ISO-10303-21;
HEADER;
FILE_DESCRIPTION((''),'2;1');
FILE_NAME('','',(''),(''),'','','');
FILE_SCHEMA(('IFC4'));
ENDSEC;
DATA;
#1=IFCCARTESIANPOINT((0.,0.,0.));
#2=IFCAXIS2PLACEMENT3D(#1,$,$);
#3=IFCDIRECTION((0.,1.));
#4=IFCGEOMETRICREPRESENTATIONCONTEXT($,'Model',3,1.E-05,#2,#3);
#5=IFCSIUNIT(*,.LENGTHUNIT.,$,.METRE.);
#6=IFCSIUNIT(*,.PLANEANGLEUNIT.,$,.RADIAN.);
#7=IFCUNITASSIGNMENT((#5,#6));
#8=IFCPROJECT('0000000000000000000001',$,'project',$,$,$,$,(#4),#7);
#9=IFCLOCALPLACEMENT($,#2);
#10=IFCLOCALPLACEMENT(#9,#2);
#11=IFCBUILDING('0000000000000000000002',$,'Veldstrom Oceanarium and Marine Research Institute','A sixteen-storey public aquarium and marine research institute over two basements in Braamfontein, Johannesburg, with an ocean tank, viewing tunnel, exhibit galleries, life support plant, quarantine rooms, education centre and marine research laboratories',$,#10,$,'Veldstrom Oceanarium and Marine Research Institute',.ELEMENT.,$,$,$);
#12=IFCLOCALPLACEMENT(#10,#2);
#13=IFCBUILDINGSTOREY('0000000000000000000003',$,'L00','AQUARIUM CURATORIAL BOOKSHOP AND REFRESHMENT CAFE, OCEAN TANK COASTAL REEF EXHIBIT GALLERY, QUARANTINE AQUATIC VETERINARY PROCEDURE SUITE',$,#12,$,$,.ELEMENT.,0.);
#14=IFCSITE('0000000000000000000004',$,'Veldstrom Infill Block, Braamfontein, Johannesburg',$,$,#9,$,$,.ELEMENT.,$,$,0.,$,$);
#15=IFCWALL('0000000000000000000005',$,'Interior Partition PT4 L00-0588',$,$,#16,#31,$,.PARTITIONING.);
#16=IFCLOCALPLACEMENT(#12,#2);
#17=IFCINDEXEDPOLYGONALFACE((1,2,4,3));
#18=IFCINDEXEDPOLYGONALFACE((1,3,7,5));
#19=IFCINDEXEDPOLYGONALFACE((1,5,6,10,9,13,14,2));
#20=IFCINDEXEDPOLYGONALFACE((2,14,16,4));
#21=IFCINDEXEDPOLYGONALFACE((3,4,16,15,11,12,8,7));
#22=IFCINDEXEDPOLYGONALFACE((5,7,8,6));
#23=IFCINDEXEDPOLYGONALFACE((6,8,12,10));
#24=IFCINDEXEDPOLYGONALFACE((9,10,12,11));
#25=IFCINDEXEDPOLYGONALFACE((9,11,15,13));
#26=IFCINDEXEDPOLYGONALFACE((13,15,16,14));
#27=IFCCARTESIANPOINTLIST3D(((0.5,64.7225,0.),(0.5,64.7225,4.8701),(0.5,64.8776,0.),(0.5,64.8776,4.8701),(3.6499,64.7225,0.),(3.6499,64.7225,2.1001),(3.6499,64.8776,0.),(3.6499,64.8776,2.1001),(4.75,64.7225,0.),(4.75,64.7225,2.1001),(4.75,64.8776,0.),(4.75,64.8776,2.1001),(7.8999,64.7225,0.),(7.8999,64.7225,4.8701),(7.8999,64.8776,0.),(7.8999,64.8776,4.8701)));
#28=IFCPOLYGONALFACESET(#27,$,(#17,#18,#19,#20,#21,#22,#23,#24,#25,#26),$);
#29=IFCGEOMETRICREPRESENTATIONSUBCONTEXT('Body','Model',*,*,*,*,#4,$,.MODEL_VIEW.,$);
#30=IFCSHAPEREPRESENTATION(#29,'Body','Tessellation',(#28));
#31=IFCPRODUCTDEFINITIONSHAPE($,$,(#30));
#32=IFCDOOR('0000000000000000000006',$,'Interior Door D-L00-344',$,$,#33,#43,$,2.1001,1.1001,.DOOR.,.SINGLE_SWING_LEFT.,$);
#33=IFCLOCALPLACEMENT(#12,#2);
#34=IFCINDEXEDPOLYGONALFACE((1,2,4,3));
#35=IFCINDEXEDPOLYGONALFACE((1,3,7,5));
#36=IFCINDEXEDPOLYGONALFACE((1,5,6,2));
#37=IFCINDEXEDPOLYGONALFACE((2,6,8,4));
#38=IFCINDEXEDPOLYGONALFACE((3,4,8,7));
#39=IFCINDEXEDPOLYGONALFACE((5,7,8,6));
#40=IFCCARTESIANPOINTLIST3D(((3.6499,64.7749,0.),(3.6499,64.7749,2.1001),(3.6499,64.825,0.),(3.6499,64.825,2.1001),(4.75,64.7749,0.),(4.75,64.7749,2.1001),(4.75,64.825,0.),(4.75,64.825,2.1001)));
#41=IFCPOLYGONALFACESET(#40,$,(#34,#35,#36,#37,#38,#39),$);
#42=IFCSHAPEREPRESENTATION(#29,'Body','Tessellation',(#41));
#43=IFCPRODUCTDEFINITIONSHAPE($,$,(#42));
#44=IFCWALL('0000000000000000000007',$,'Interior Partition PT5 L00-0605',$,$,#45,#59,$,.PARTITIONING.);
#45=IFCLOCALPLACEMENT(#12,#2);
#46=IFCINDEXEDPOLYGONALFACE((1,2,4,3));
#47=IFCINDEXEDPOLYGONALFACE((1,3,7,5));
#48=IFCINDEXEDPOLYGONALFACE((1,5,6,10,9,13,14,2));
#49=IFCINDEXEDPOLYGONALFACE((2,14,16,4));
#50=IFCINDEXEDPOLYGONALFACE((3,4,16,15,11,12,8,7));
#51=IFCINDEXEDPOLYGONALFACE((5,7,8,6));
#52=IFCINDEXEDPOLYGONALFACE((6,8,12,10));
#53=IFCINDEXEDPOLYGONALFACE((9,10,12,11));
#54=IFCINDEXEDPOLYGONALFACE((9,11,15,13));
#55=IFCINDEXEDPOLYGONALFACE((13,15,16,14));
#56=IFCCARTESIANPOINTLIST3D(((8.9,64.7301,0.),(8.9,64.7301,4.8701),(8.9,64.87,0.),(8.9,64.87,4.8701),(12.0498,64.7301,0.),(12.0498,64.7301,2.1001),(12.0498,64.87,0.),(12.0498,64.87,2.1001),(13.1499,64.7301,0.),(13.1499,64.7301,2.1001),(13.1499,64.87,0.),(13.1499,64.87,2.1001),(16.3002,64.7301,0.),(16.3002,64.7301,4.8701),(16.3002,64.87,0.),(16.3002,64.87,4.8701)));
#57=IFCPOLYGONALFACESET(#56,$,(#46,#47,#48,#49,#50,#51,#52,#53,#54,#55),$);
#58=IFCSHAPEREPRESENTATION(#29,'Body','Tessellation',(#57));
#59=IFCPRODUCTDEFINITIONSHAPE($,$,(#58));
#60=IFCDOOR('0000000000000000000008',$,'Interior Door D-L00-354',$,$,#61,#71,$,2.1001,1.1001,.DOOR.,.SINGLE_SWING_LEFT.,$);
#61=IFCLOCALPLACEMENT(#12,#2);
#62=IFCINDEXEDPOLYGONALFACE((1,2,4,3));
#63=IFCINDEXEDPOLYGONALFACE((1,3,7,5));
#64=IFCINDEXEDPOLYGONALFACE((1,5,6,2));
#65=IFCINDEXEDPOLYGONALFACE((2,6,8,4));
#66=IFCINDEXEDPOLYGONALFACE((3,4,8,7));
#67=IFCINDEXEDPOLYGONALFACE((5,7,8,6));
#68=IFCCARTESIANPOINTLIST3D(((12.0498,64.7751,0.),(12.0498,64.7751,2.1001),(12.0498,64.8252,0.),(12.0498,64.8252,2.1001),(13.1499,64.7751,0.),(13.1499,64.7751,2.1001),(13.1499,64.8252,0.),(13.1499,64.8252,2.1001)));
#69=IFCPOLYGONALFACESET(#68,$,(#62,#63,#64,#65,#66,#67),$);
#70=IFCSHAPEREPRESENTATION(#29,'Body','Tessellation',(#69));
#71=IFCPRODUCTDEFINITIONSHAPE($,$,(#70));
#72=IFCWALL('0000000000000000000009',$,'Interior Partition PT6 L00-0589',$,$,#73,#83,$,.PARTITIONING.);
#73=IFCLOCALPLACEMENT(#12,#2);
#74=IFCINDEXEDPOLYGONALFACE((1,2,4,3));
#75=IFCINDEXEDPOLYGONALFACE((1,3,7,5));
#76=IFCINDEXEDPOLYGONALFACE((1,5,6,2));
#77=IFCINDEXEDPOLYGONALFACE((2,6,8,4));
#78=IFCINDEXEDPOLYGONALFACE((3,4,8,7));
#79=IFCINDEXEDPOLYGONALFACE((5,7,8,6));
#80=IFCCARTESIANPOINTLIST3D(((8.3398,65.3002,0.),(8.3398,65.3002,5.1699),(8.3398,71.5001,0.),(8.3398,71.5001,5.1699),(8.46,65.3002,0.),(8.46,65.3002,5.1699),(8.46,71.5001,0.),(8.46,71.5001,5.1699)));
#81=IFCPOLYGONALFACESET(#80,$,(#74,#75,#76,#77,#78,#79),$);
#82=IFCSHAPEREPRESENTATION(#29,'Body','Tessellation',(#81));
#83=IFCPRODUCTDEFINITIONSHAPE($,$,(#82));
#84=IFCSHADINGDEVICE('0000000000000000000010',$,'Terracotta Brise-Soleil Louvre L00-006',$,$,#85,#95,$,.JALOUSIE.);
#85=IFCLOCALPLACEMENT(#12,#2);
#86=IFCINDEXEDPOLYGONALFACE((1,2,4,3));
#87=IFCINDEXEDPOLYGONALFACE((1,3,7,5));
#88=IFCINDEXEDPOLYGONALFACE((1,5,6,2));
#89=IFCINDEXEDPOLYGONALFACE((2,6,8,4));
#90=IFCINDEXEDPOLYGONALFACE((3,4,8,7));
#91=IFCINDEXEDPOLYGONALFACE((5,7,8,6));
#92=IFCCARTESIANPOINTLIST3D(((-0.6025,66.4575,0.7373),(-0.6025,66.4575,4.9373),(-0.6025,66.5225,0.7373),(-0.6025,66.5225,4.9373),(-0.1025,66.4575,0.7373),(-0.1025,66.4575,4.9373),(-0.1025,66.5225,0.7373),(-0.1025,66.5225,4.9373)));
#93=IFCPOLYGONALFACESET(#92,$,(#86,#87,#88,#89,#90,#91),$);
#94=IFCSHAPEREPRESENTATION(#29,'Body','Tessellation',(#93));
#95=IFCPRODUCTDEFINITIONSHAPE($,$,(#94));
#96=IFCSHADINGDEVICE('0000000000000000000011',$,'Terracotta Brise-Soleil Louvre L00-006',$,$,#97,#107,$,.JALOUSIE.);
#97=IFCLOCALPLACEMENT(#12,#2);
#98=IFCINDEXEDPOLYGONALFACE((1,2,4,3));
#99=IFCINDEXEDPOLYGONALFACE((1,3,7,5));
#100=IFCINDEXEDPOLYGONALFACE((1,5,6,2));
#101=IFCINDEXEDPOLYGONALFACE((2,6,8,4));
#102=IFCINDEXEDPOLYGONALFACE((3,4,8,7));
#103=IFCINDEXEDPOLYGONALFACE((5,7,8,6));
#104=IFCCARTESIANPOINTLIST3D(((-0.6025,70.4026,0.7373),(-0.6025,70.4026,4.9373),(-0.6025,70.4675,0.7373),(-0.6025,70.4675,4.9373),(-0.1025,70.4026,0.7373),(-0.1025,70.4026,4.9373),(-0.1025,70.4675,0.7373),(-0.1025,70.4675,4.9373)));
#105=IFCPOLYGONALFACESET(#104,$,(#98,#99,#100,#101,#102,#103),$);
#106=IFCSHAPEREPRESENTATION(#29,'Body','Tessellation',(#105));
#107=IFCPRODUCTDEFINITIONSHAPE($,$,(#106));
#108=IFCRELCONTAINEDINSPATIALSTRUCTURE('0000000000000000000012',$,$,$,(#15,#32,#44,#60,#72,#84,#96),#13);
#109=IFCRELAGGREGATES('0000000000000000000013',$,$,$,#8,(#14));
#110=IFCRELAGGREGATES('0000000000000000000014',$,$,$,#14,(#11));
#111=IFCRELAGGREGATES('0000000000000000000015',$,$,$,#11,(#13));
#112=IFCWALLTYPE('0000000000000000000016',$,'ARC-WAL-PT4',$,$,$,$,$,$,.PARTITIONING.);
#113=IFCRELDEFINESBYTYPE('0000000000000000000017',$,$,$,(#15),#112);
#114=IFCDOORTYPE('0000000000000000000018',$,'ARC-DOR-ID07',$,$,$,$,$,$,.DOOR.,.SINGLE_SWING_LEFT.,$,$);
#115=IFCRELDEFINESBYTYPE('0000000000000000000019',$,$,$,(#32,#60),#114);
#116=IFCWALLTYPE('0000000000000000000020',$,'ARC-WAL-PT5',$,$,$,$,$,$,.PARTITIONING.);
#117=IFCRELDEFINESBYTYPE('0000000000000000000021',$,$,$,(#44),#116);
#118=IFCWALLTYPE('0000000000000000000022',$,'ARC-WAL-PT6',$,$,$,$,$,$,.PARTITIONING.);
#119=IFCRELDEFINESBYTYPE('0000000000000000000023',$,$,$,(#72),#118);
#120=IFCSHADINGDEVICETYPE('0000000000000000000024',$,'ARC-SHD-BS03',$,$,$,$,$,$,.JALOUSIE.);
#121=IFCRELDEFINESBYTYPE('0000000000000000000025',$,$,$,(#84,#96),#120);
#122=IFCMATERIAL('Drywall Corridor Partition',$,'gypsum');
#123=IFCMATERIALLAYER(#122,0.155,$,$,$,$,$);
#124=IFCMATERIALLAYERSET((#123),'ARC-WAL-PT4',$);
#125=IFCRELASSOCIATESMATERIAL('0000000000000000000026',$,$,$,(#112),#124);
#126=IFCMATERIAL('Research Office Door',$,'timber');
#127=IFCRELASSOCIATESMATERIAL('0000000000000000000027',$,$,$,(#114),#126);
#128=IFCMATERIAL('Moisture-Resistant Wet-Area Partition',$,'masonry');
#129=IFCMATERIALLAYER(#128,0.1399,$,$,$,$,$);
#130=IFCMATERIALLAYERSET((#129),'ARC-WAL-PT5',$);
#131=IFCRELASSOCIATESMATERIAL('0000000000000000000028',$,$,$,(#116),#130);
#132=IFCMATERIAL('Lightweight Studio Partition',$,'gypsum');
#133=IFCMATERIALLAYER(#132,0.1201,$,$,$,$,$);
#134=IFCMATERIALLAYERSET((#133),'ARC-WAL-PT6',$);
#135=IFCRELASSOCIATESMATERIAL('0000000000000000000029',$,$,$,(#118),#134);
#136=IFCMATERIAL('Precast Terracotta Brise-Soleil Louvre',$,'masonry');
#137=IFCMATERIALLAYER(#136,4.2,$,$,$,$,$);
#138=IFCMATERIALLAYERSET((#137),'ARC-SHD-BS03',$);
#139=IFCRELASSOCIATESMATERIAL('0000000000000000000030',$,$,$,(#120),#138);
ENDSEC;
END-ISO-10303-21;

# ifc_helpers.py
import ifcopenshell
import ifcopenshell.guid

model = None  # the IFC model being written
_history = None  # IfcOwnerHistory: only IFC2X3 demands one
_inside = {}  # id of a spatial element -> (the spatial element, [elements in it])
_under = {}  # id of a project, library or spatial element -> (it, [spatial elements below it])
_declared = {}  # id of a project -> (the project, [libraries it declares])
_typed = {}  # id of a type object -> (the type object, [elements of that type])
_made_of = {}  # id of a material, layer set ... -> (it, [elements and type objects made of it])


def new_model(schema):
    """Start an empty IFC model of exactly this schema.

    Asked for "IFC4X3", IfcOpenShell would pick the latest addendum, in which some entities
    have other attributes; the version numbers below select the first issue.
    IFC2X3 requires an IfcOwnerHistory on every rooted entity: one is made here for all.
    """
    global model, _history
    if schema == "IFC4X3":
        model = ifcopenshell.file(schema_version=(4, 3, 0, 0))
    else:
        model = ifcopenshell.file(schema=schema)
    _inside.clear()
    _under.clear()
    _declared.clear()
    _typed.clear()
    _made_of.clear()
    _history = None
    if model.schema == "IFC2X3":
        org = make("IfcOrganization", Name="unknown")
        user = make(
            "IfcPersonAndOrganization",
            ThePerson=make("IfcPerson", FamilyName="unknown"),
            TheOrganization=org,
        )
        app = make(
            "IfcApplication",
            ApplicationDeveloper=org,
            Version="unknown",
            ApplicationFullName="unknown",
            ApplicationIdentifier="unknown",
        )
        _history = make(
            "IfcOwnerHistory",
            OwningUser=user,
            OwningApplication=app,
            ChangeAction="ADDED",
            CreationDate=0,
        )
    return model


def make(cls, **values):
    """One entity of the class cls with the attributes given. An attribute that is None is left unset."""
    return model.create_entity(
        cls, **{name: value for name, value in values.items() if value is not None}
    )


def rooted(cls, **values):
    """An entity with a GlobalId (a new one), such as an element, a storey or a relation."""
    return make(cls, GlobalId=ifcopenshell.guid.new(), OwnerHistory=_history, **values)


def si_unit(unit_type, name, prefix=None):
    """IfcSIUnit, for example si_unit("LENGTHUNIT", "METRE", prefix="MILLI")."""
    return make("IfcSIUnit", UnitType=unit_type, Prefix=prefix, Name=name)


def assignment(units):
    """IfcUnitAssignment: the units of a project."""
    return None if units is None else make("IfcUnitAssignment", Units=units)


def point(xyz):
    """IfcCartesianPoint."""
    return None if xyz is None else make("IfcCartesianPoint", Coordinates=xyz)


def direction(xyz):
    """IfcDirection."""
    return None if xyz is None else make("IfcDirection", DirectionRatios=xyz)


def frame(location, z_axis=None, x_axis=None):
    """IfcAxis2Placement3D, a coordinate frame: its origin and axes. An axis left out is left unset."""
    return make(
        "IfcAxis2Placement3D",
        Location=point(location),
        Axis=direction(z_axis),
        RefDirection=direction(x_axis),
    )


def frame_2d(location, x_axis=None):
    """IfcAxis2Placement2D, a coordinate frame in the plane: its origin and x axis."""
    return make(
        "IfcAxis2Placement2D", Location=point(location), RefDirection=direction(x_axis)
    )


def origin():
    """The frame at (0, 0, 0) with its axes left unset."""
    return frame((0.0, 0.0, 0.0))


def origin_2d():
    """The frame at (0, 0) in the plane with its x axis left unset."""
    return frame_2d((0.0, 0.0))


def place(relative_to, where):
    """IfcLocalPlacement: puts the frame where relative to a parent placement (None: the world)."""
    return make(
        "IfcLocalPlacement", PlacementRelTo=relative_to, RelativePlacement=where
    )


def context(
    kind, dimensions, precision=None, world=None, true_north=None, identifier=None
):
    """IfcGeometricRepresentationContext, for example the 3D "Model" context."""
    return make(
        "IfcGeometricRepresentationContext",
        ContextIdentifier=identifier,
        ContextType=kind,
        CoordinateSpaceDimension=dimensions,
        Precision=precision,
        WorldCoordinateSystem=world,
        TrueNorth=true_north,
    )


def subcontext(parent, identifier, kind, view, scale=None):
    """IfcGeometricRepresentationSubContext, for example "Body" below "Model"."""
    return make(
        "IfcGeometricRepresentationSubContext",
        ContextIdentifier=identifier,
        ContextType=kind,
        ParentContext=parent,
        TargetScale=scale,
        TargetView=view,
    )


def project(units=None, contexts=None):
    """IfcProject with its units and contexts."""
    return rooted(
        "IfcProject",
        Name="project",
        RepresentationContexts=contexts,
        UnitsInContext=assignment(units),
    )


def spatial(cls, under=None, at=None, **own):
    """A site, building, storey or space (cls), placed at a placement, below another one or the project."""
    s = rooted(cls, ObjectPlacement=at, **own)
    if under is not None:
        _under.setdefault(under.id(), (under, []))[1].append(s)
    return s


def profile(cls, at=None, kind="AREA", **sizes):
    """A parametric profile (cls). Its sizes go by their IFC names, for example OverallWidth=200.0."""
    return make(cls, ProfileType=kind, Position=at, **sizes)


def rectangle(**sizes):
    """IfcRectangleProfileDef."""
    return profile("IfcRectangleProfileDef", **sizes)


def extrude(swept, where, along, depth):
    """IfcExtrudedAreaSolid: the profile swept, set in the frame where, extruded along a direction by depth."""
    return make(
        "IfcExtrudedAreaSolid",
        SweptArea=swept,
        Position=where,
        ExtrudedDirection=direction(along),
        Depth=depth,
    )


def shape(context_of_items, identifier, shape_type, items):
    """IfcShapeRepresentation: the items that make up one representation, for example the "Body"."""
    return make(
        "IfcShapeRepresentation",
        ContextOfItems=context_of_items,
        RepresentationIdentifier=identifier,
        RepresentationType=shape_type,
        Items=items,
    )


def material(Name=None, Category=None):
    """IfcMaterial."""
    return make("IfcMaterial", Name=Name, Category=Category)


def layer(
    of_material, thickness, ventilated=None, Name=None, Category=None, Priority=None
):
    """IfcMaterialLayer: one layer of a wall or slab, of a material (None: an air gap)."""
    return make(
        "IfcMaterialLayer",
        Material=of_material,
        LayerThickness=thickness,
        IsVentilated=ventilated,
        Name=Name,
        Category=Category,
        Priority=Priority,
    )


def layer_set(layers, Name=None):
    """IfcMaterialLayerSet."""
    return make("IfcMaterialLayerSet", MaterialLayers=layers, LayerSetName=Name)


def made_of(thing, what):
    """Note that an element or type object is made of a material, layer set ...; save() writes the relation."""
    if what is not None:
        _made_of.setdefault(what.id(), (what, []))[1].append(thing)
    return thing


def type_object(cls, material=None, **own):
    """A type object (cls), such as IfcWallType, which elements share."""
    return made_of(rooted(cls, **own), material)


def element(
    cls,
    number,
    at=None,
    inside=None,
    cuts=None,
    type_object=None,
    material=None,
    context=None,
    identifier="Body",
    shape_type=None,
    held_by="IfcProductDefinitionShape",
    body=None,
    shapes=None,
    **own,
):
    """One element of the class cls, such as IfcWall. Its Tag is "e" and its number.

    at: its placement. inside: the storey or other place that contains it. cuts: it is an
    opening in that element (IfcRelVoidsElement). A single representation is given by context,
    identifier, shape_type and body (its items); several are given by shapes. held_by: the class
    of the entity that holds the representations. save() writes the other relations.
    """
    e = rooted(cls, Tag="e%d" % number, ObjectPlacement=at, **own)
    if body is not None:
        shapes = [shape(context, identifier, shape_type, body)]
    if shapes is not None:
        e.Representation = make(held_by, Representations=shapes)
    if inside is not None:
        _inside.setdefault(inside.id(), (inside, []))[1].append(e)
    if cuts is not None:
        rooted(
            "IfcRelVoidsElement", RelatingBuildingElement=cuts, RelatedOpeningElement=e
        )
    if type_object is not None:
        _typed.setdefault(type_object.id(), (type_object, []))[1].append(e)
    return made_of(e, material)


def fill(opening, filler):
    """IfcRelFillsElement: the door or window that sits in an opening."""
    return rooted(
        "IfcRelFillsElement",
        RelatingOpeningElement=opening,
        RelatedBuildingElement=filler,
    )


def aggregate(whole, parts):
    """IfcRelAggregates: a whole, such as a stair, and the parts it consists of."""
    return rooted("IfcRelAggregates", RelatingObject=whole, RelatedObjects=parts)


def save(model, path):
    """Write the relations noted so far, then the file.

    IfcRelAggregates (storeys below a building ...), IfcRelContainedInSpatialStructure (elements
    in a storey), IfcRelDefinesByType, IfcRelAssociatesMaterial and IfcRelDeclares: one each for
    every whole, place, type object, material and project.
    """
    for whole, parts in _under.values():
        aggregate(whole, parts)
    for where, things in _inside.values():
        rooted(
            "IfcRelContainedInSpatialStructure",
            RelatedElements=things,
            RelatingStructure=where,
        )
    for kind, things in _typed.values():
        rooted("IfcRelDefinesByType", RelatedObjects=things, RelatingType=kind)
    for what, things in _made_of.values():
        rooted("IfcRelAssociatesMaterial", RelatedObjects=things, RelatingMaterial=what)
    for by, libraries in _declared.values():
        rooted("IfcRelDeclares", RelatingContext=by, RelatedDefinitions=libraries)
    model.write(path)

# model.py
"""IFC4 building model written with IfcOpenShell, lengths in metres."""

from ifc_helpers import new_model, si_unit, direction, frame, frame_2d, origin, origin_2d, place, context, subcontext, project, spatial, rectangle, extrude, material, layer, layer_set, type_object, element, fill, save


model = new_model("IFC4")

# Units and contexts
model_context = context("Model", 3, precision=1e-05, world=origin(), true_north=direction((0.0, 1.0)))
body_context = subcontext(model_context, "Body", "Model", "MODEL_VIEW")
ifc_project = project(units=[si_unit("LENGTHUNIT", "METRE"), si_unit("PLANEANGLEUNIT", "RADIAN")], contexts=[model_context])

# Site, building, storey
site_placement = place(None, origin())
site = spatial("IfcSite", under=ifc_project, at=site_placement, Name="Veldstrom Infill Block, Braamfontein, Johannesburg", CompositionType="ELEMENT", RefElevation=0.0)
building_placement = place(site_placement, origin())
building = spatial("IfcBuilding", under=site, at=building_placement, Name="Veldstrom Oceanarium and Marine Research Institute", Description="A sixteen-storey public aquarium and marine research institute over two basements in Braamfontein, Johannesburg, with an ocean tank, viewing tunnel, exhibit galleries, life support plant, quarantine rooms, education centre and marine research laboratories", LongName="Veldstrom Oceanarium and Marine Research Institute", CompositionType="ELEMENT")
storey_placement = place(building_placement, origin())
storey = spatial("IfcBuildingStorey", under=building, at=storey_placement, Name="L00", Description="AQUARIUM CURATORIAL BOOKSHOP AND REFRESHMENT CAFE, OCEAN TANK COASTAL REEF EXHIBIT GALLERY, QUARANTINE AQUATIC VETERINARY PROCEDURE SUITE", CompositionType="ELEMENT", Elevation=0.0)

# Walls, openings, doors
ifc_material_1 = material(Name="Drywall Corridor Partition", Category="gypsum")
ifc_layer_1 = layer(ifc_material_1, 0.155)
ifc_layer_set_1 = layer_set([ifc_layer_1], Name="ARC-WAL-PT4")
wall_type_1 = type_object("IfcWallType", Name="ARC-WAL-PT4", PredefinedType="PARTITIONING", material=ifc_layer_set_1)
wall_1_placement = place(storey_placement, frame((0.5, 64.8, 0.0), z_axis=(0.0, 0.0, 1.0), x_axis=(1.0, 0.0, 0.0)))
wall_1 = element("IfcWall", 1, at=wall_1_placement, inside=storey, type_object=wall_type_1, Name="Interior Partition PT4 L00-0588", PredefinedType="PARTITIONING", context=body_context, shape_type="SweptSolid", body=[
    extrude(rectangle(XDim=7.3999, YDim=0.155, at=frame_2d((3.7, 0.0))), origin(), (0.0, 0.0, 1.0), 4.8701),
])
opening_1_placement = place(wall_1_placement, frame((3.1499, 0.0, 0.0)))
opening_1 = element("IfcOpeningElement", 2, at=opening_1_placement, cuts=wall_1, PredefinedType="OPENING", context=body_context, shape_type="SweptSolid", body=[
    extrude(rectangle(XDim=1.1001, YDim=2.1001, at=frame_2d((0.55, 1.05))), frame((0.0, 0.0874, 0.0), z_axis=(0.0, -1.0, 0.0), x_axis=(1.0, 0.0, 0.0)), (0.0, 0.0, 1.0), 0.175),
])
ifc_material_2 = material(Name="Research Office Door", Category="timber")
door_type = type_object("IfcDoorType", Name="ARC-DOR-ID07", OperationType="SINGLE_SWING_LEFT", PredefinedType="DOOR", material=ifc_material_2)
door_1_placement = place(opening_1_placement, origin())
door_1 = element("IfcDoor", 3, at=door_1_placement, inside=storey, type_object=door_type, Name="Interior Door D-L00-344", OperationType="SINGLE_SWING_LEFT", OverallHeight=2.1001, OverallWidth=1.1001, PredefinedType="DOOR", context=body_context, shape_type="SweptSolid", body=[
    extrude(rectangle(XDim=1.1001, YDim=2.1001, at=frame_2d((0.55, 1.05))), frame((0.0, 0.0249, 0.0), z_axis=(0.0, -1.0, 0.0), x_axis=(1.0, 0.0, 0.0)), (0.0, 0.0, 1.0), 0.05),
])
fill(opening_1, door_1)
ifc_material_3 = material(Name="Moisture-Resistant Wet-Area Partition", Category="masonry")
ifc_layer_2 = layer(ifc_material_3, 0.1399)
ifc_layer_set_2 = layer_set([ifc_layer_2], Name="ARC-WAL-PT5")
wall_type_2 = type_object("IfcWallType", Name="ARC-WAL-PT5", PredefinedType="PARTITIONING", material=ifc_layer_set_2)
wall_2_placement = place(storey_placement, frame((8.8999, 64.8, 0.0), z_axis=(0.0, 0.0, 1.0), x_axis=(1.0, 0.0, 0.0)))
wall_2 = element("IfcWall", 4, at=wall_2_placement, inside=storey, type_object=wall_type_2, Name="Interior Partition PT5 L00-0605", PredefinedType="PARTITIONING", context=body_context, shape_type="SweptSolid", body=[
    extrude(rectangle(XDim=7.4001, YDim=0.1399, at=frame_2d((3.7002, 0.0))), origin(), (0.0, 0.0, 1.0), 4.8701),
])
opening_2_placement = place(wall_2_placement, frame((3.1499, 0.0, 0.0)))
opening_2 = element("IfcOpeningElement", 5, at=opening_2_placement, cuts=wall_2, PredefinedType="OPENING", context=body_context, shape_type="SweptSolid", body=[
    extrude(rectangle(XDim=1.1001, YDim=2.1001, at=frame_2d((0.55, 1.05))), frame((0.0, 0.0798, 0.0), z_axis=(0.0, -1.0, 0.0), x_axis=(1.0, 0.0, 0.0)), (0.0, 0.0, 1.0), 0.1599),
])
door_2_placement = place(opening_2_placement, frame((1.1001, 0.0, 0.0), z_axis=(0.0, 0.0, 1.0), x_axis=(-1.0, 0.0, 0.0)))
door_2 = element("IfcDoor", 6, at=door_2_placement, inside=storey, type_object=door_type, Name="Interior Door D-L00-354", OperationType="SINGLE_SWING_LEFT", OverallHeight=2.1001, OverallWidth=1.1001, PredefinedType="DOOR", context=body_context, shape_type="SweptSolid", body=[
    extrude(rectangle(XDim=1.1001, YDim=2.1001, at=frame_2d((0.55, 1.05))), frame((0.0, 0.0249, 0.0), z_axis=(0.0, -1.0, 0.0), x_axis=(1.0, 0.0, 0.0)), (0.0, 0.0, 1.0), 0.05),
])
fill(opening_2, door_2)

# Wall
ifc_material_4 = material(Name="Lightweight Studio Partition", Category="gypsum")
ifc_layer_3 = layer(ifc_material_4, 0.1201)
ifc_layer_set_3 = layer_set([ifc_layer_3], Name="ARC-WAL-PT6")
wall_type_3 = type_object("IfcWallType", Name="ARC-WAL-PT6", PredefinedType="PARTITIONING", material=ifc_layer_set_3)
wall_3_placement = place(storey_placement, frame((8.3999, 65.3, 0.0), z_axis=(0.0, 0.0, 1.0), x_axis=(0.0, 1.0, 0.0)))
element("IfcWall", 7, at=wall_3_placement, inside=storey, type_object=wall_type_3, Name="Interior Partition PT6 L00-0589", PredefinedType="PARTITIONING", context=body_context, shape_type="SweptSolid", body=[
    extrude(rectangle(XDim=6.2, YDim=0.1201, at=frame_2d((3.1001, 0.0))), origin(), (0.0, 0.0, 1.0), 5.1699),
])

# Shading devices
ifc_material_5 = material(Name="Precast Terracotta Brise-Soleil Louvre", Category="masonry")
ifc_layer_4 = layer(ifc_material_5, 4.2)
ifc_layer_set_4 = layer_set([ifc_layer_4], Name="ARC-SHD-BS03")
shading_device_type = type_object("IfcShadingDeviceType", Name="ARC-SHD-BS03", PredefinedType="JALOUSIE", material=ifc_layer_set_4)
for number, where, z_axis, x_axis, name in (
    (8, (-0.3525, 66.49, 0.7373), (0.0, 0.0, 1.0), (1.0, 0.0, 0.0), "Terracotta Brise-Soleil Louvre L00-006"),
    (9, (-0.3525, 70.4351, 0.7373), (0.0, 0.0, 1.0), (1.0, 0.0, 0.0), "Terracotta Brise-Soleil Louvre L00-006"),
):
    element("IfcShadingDevice", number, at=place(storey_placement, frame(where, z_axis=z_axis, x_axis=x_axis)), inside=storey, type_object=shading_device_type, Name=name, PredefinedType="JALOUSIE", context=body_context, shape_type="SweptSolid", body=[
        extrude(rectangle(XDim=0.5, YDim=0.0649, at=origin_2d()), origin(), (0.0, 0.0, 1.0), 4.2),
    ])

save(model, "model.ifc")
